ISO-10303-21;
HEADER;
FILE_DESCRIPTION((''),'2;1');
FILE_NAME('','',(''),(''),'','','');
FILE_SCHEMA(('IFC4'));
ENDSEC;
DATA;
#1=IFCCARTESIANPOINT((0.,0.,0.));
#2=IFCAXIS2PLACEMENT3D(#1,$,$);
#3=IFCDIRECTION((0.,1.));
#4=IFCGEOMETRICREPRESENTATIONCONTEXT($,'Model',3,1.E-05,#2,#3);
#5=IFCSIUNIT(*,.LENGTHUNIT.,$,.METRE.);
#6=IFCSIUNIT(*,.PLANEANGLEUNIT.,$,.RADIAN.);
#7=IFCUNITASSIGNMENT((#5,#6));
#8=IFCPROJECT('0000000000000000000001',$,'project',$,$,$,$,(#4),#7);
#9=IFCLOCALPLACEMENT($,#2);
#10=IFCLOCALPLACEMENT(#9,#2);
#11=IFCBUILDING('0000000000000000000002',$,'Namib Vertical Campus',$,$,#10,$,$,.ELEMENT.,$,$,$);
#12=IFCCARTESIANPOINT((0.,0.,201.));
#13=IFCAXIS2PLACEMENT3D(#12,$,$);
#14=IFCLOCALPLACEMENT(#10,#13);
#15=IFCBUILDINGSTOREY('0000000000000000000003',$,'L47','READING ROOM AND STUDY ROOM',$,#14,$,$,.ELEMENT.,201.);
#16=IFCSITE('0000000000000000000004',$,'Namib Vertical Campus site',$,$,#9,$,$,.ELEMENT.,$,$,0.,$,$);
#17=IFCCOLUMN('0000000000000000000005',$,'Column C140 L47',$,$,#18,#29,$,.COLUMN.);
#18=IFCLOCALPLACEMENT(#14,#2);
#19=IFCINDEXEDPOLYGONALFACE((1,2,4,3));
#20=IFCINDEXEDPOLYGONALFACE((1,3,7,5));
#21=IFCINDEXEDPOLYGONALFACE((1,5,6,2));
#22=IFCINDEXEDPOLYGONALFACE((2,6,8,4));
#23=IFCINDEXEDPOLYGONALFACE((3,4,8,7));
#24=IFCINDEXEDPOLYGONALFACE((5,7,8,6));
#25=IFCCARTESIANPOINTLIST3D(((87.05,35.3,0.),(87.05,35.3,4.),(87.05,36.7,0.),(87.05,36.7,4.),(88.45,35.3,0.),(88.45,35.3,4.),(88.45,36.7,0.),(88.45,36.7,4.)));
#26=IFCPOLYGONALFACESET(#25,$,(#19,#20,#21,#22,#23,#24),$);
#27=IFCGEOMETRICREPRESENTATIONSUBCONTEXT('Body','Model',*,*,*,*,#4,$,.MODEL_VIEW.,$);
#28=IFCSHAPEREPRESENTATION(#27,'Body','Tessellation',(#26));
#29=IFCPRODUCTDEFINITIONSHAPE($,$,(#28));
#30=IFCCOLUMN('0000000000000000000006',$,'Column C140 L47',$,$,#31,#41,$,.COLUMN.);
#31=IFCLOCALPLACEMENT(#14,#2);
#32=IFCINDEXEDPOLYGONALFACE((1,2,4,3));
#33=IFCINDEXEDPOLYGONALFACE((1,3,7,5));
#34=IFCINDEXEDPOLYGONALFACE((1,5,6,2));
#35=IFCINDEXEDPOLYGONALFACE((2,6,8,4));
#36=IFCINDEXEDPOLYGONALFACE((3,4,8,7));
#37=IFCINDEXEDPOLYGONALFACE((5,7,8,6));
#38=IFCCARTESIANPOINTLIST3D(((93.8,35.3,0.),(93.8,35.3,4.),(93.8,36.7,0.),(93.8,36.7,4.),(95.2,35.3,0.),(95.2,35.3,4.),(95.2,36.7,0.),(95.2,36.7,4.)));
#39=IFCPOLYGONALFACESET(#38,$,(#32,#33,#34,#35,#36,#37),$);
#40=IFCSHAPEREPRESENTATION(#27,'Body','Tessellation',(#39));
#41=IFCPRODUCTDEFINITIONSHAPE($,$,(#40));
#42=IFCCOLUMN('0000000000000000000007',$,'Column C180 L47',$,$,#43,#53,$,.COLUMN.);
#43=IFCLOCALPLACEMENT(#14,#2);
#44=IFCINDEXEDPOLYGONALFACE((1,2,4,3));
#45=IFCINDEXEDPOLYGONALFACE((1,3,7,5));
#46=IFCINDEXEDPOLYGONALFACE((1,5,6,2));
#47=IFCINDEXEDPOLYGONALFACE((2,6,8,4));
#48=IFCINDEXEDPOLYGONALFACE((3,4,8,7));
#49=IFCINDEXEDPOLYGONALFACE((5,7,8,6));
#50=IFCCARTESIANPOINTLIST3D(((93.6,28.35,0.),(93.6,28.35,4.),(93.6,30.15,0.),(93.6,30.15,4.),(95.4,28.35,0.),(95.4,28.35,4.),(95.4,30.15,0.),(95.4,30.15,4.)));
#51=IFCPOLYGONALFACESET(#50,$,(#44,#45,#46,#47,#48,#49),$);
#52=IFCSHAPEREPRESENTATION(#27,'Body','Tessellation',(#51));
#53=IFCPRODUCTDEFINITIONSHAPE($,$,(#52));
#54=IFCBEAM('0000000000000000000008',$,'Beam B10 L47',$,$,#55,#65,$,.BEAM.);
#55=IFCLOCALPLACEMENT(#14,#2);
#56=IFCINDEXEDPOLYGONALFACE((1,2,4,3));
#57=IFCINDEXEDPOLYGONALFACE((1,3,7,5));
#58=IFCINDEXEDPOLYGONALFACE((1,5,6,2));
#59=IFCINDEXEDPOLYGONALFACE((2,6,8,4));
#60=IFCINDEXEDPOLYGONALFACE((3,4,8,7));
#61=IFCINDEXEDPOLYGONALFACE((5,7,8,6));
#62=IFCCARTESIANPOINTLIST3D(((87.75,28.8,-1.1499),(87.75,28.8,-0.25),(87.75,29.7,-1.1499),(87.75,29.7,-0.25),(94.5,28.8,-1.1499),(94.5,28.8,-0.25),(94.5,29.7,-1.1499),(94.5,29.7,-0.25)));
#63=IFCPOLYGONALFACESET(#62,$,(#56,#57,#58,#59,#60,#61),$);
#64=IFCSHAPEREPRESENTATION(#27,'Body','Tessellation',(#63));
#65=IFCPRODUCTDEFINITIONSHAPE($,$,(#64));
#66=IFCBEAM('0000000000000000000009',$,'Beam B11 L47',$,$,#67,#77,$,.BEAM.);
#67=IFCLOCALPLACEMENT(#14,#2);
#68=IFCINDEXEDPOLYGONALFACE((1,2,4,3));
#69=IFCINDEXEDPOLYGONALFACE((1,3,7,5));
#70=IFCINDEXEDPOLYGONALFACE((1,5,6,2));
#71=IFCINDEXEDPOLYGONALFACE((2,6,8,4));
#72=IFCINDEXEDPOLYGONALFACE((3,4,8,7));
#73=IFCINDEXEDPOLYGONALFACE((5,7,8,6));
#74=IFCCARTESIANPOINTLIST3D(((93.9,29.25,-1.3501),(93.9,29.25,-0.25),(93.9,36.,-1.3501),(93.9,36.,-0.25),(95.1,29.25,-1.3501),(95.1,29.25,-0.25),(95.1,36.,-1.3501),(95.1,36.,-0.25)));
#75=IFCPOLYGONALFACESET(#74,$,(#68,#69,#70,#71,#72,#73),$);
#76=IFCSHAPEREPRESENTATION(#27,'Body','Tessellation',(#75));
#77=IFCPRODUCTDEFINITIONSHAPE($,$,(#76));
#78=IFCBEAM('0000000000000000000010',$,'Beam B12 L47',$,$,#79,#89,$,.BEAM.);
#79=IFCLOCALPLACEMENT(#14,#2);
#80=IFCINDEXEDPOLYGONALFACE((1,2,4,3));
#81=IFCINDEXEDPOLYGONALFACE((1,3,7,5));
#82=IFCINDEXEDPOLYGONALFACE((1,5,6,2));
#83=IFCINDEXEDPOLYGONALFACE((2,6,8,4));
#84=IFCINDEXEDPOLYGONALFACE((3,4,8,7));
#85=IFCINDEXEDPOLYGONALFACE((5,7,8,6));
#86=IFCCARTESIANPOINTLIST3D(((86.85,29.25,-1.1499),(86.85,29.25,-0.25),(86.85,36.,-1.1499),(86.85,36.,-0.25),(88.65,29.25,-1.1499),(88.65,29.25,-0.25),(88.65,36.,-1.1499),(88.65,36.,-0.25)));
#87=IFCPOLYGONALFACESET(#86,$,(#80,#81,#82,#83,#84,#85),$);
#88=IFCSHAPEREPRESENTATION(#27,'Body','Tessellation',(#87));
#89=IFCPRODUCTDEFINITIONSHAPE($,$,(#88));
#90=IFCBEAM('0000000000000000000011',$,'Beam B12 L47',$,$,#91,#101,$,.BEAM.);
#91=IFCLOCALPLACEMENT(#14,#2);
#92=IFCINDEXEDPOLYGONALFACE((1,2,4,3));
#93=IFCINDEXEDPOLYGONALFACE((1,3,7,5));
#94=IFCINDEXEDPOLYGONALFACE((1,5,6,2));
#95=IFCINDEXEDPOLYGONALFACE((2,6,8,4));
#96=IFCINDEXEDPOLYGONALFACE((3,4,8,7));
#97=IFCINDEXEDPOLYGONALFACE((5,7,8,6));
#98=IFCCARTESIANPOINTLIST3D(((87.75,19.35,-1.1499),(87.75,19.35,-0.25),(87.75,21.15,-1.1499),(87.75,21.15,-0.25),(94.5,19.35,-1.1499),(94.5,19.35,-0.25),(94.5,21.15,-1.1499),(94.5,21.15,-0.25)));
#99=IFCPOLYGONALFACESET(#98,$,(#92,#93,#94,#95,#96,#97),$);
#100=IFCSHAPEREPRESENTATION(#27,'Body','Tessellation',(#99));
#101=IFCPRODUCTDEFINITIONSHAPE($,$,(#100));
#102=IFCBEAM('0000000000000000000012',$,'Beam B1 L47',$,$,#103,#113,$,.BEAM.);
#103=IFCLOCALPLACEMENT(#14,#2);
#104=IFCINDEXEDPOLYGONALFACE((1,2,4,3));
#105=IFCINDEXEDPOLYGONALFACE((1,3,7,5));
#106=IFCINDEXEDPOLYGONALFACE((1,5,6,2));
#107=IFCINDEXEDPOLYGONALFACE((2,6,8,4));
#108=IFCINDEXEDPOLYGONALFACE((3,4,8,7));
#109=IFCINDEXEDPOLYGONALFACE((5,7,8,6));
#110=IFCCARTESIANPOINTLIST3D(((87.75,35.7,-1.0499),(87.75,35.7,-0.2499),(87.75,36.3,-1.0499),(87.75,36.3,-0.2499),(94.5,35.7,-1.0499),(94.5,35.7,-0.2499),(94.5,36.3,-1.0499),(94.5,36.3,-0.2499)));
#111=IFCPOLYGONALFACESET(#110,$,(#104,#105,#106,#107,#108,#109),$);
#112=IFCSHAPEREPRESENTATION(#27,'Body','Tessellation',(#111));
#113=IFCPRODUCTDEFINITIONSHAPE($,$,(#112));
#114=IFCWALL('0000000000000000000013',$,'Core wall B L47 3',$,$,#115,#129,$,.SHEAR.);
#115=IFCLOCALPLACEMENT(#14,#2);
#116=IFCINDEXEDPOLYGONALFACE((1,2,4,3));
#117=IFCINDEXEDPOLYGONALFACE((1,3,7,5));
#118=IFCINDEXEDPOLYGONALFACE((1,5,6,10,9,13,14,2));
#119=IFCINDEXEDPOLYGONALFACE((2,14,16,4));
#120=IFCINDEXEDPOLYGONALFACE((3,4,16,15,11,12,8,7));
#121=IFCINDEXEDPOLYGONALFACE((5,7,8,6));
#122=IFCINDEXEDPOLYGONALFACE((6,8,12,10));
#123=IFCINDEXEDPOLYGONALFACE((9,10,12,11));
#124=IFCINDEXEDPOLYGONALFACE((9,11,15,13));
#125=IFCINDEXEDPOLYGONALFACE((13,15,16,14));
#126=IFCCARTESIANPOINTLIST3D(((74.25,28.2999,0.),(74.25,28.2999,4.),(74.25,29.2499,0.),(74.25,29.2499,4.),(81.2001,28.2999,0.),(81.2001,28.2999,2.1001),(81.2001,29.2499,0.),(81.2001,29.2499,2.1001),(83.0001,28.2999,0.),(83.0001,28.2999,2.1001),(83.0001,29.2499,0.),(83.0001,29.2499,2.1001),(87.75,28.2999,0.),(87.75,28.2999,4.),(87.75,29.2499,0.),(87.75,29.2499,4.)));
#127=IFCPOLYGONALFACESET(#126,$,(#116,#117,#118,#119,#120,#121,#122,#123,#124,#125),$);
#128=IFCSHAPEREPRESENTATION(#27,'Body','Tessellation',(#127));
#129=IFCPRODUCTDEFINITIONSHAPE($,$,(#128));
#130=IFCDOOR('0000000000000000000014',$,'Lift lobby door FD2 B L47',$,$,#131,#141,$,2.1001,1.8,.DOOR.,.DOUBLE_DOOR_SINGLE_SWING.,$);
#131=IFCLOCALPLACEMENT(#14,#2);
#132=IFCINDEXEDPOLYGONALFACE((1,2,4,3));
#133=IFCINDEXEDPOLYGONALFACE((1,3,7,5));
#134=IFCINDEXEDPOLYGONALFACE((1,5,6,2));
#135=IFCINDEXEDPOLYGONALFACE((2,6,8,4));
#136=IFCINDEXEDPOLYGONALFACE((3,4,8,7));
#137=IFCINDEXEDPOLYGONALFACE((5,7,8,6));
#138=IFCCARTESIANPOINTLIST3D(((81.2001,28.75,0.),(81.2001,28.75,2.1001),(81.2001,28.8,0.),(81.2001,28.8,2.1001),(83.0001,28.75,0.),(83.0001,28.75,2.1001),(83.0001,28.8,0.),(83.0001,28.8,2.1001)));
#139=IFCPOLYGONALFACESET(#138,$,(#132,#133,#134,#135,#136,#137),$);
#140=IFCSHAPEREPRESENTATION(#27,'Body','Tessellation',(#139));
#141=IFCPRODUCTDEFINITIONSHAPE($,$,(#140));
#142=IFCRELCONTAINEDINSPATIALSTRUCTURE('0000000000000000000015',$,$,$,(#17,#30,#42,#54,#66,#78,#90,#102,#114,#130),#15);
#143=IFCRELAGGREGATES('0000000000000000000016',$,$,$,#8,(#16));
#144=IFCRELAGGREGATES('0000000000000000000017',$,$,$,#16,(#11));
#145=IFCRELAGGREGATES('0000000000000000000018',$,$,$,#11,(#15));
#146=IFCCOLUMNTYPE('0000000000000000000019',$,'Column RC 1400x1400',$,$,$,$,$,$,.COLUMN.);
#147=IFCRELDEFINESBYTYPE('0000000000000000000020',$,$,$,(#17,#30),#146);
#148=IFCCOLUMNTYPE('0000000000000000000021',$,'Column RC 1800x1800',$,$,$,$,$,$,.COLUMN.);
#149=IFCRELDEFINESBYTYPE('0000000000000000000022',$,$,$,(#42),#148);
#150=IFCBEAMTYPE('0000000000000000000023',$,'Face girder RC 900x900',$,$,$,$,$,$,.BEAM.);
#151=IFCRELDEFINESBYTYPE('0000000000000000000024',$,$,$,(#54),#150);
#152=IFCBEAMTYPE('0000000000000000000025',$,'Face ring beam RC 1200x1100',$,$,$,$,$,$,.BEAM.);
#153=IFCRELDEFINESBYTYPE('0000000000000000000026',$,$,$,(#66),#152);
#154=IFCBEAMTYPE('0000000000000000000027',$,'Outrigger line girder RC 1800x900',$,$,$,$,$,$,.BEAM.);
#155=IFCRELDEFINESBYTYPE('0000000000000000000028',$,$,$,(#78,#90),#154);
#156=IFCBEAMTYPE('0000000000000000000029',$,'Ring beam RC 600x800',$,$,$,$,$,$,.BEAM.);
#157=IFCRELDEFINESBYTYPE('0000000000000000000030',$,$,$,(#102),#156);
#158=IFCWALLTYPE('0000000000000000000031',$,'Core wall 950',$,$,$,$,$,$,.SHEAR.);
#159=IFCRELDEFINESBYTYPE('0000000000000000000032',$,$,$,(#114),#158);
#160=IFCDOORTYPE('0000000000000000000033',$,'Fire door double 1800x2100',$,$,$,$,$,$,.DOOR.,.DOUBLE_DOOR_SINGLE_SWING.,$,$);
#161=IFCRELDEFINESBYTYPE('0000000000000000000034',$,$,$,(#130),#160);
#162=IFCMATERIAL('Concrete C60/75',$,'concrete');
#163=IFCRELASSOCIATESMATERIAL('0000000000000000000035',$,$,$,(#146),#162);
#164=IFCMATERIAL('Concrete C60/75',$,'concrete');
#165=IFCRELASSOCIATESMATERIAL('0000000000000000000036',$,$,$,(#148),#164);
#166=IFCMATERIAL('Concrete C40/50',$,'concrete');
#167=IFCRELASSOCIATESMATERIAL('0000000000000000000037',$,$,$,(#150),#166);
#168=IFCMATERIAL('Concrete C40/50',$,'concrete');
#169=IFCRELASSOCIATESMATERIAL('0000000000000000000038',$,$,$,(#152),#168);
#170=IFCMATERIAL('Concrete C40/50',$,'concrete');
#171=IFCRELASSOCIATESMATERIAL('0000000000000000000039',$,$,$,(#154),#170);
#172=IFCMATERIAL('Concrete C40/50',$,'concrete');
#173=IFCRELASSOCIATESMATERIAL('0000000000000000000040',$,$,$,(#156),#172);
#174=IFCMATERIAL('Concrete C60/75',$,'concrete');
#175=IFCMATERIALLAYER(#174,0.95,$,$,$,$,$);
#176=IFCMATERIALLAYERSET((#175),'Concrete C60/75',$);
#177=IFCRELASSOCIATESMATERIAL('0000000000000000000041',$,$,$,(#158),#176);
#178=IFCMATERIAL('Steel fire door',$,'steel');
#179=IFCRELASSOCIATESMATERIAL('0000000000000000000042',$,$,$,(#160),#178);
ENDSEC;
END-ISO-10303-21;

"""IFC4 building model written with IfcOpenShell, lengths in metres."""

from ifc_helpers import new_model, si_unit, direction, frame, frame_2d, origin, origin_2d, place, context, subcontext, project, spatial, rectangle, extrude, material, layer, layer_set, material_profile, profile_set, type_object, element, fill, save


model = new_model("IFC4")

# Units and contexts
model_context = context("Model", 3, precision=1e-05, world=origin(), true_north=direction((0.0, 1.0)))
body_context = subcontext(model_context, "Body", "Model", "MODEL_VIEW")
ifc_project = project(units=[si_unit("LENGTHUNIT", "METRE"), si_unit("PLANEANGLEUNIT", "RADIAN")], contexts=[model_context])

# Site, building, storey
site_placement = place(None, origin())
site = spatial("IfcSite", under=ifc_project, at=site_placement, Name="Namib Vertical Campus site", CompositionType="ELEMENT", RefElevation=0.0)
building_placement = place(site_placement, origin())
building = spatial("IfcBuilding", under=site, at=building_placement, Name="Namib Vertical Campus", CompositionType="ELEMENT")
storey_placement = place(building_placement, frame((0.0, 0.0, 201.0)))
storey = spatial("IfcBuildingStorey", under=building, at=storey_placement, Name="L47", Description="READING ROOM AND STUDY ROOM", CompositionType="ELEMENT", Elevation=201.0)

# Columns
ifc_material_1 = material(Name="Concrete C60/75", Category="concrete")
ifc_material_profile_1 = material_profile(ifc_material_1, rectangle(XDim=1.3999, YDim=1.3999, at=origin_2d()))
ifc_profile_set_1 = profile_set([ifc_material_profile_1], Name="Concrete C60/75")
column_type_1 = type_object("IfcColumnType", Name="Column RC 1400x1400", PredefinedType="COLUMN", material=ifc_profile_set_1)
for number, where, z_axis, x_axis, name in (
    (1, (87.75, 36.0, 0.0), (0.0, 0.0, 1.0), (1.0, 0.0, 0.0), "Column C140 L47"),
    (2, (94.5, 36.0, 0.0), (0.0, 0.0, 1.0), (1.0, 0.0, 0.0), "Column C140 L47"),
):
    element("IfcColumn", number, at=place(storey_placement, frame(where, z_axis=z_axis, x_axis=x_axis)), inside=storey, type_object=column_type_1, Name=name, PredefinedType="COLUMN", context=body_context, shape_type="SweptSolid", body=[
        extrude(rectangle(XDim=1.3999, YDim=1.3999, at=origin_2d()), origin(), (0.0, 0.0, 1.0), 4.0),
    ])
ifc_material_2 = material(Name="Concrete C60/75", Category="concrete")
ifc_material_profile_2 = material_profile(ifc_material_2, rectangle(XDim=1.8, YDim=1.8, at=origin_2d()))
ifc_profile_set_2 = profile_set([ifc_material_profile_2], Name="Concrete C60/75")
column_type_2 = type_object("IfcColumnType", Name="Column RC 1800x1800", PredefinedType="COLUMN", material=ifc_profile_set_2)
column_placement = place(storey_placement, frame((94.5, 29.25, 0.0), z_axis=(0.0, 0.0, 1.0), x_axis=(1.0, 0.0, 0.0)))
element("IfcColumn", 3, at=column_placement, inside=storey, type_object=column_type_2, Name="Column C180 L47", PredefinedType="COLUMN", context=body_context, shape_type="SweptSolid", body=[
    extrude(rectangle(XDim=1.8, YDim=1.8, at=origin_2d()), origin(), (0.0, 0.0, 1.0), 4.0),
])

# Beams
ifc_material_3 = material(Name="Concrete C40/50", Category="concrete")
ifc_material_profile_3 = material_profile(ifc_material_3, rectangle(XDim=0.8999, YDim=0.8999, at=origin_2d()))
ifc_profile_set_3 = profile_set([ifc_material_profile_3], Name="Concrete C40/50")
beam_type_1 = type_object("IfcBeamType", Name="Face girder RC 900x900", PredefinedType="BEAM", material=ifc_profile_set_3)
beam_1_placement = place(storey_placement, frame((94.5, 29.25, -0.7), z_axis=(-1.0, 0.0, 0.0), x_axis=(0.0, -1.0, 0.0)))
element("IfcBeam", 4, at=beam_1_placement, inside=storey, type_object=beam_type_1, Name="Beam B10 L47", PredefinedType="BEAM", context=body_context, shape_type="SweptSolid", body=[
    extrude(rectangle(XDim=0.8999, YDim=0.8999, at=origin_2d()), origin(), (0.0, 0.0, 1.0), 6.75),
])
ifc_material_4 = material(Name="Concrete C40/50", Category="concrete")
ifc_material_profile_4 = material_profile(ifc_material_4, rectangle(XDim=1.2, YDim=1.1001, at=origin_2d()))
ifc_profile_set_4 = profile_set([ifc_material_profile_4], Name="Concrete C40/50")
beam_type_2 = type_object("IfcBeamType", Name="Face ring beam RC 1200x1100", PredefinedType="BEAM", material=ifc_profile_set_4)
beam_2_placement = place(storey_placement, frame((94.5, 29.25, -0.8), z_axis=(0.0, 1.0, 0.0), x_axis=(-1.0, 0.0, 0.0)))
element("IfcBeam", 5, at=beam_2_placement, inside=storey, type_object=beam_type_2, Name="Beam B11 L47", PredefinedType="BEAM", context=body_context, shape_type="SweptSolid", body=[
    extrude(rectangle(XDim=1.2, YDim=1.1001, at=origin_2d()), origin(), (0.0, 0.0, 1.0), 6.75),
])
ifc_material_5 = material(Name="Concrete C40/50", Category="concrete")
ifc_material_profile_5 = material_profile(ifc_material_5, rectangle(XDim=1.8, YDim=0.8999, at=origin_2d()))
ifc_profile_set_5 = profile_set([ifc_material_profile_5], Name="Concrete C40/50")
beam_type_3 = type_object("IfcBeamType", Name="Outrigger line girder RC 1800x900", PredefinedType="BEAM", material=ifc_profile_set_5)
for number, where, z_axis, x_axis, name in (
    (6, (87.75, 36.0, -0.7), (0.0, -1.0, 0.0), (1.0, 0.0, 0.0), "Beam B12 L47"),
    (7, (94.5, 20.25, -0.7), (-1.0, 0.0, 0.0), (0.0, -1.0, 0.0), "Beam B12 L47"),
):
    element("IfcBeam", number, at=place(storey_placement, frame(where, z_axis=z_axis, x_axis=x_axis)), inside=storey, type_object=beam_type_3, Name=name, PredefinedType="BEAM", context=body_context, shape_type="SweptSolid", body=[
        extrude(rectangle(XDim=1.8, YDim=0.8999, at=origin_2d()), origin(), (0.0, 0.0, 1.0), 6.75),
    ])
ifc_material_6 = material(Name="Concrete C40/50", Category="concrete")
ifc_material_profile_6 = material_profile(ifc_material_6, rectangle(XDim=0.6001, YDim=0.8, at=origin_2d()))
ifc_profile_set_6 = profile_set([ifc_material_profile_6], Name="Concrete C40/50")
beam_type_4 = type_object("IfcBeamType", Name="Ring beam RC 600x800", PredefinedType="BEAM", material=ifc_profile_set_6)
beam_3_placement = place(storey_placement, frame((87.75, 36.0, -0.6499), z_axis=(1.0, 0.0, 0.0), x_axis=(0.0, 1.0, 0.0)))
element("IfcBeam", 8, at=beam_3_placement, inside=storey, type_object=beam_type_4, Name="Beam B1 L47", PredefinedType="BEAM", context=body_context, shape_type="SweptSolid", body=[
    extrude(rectangle(XDim=0.6001, YDim=0.8, at=origin_2d()), origin(), (0.0, 0.0, 1.0), 6.75),
])

# Wall, opening, door
ifc_material_7 = material(Name="Concrete C60/75", Category="concrete")
ifc_layer_1 = layer(ifc_material_7, 0.95)
ifc_layer_set_1 = layer_set([ifc_layer_1], Name="Concrete C60/75")
wall_type_1 = type_object("IfcWallType", Name="Core wall 950", PredefinedType="SHEAR", material=ifc_layer_set_1)
wall_1_placement = place(storey_placement, frame((87.75, 28.7749, 0.0), z_axis=(0.0, 0.0, 1.0), x_axis=(-1.0, 0.0, 0.0)))
wall_1 = element("IfcWall", 9, at=wall_1_placement, inside=storey, type_object=wall_type_1, Name="Core wall B L47 3", PredefinedType="SHEAR", context=body_context, shape_type="SweptSolid", body=[
    extrude(rectangle(XDim=13.5, YDim=0.95, at=frame_2d((6.75, 0.0))), origin(), (0.0, 0.0, 1.0), 4.0),
])
opening_1_placement = place(wall_1_placement, frame((4.75, 0.0, 0.0)))
opening_1 = element("IfcOpeningElement", 10, at=opening_1_placement, cuts=wall_1, PredefinedType="OPENING", context=body_context, shape_type="SweptSolid", body=[
    extrude(rectangle(XDim=1.8, YDim=2.1001, at=frame_2d((0.8999, 1.05))), frame((0.0, 0.4849, 0.0), z_axis=(0.0, -1.0, 0.0), x_axis=(1.0, 0.0, 0.0)), (0.0, 0.0, 1.0), 0.97),
])
ifc_material_8 = material(Name="Steel fire door", Category="steel")
door_type_1 = type_object("IfcDoorType", Name="Fire door double 1800x2100", OperationType="DOUBLE_DOOR_SINGLE_SWING", PredefinedType="DOOR", material=ifc_material_8)
door_1_placement = place(opening_1_placement, origin())
door_1 = element("IfcDoor", 11, at=door_1_placement, inside=storey, type_object=door_type_1, Name="Lift lobby door FD2 B L47", OperationType="DOUBLE_DOOR_SINGLE_SWING", OverallHeight=2.1001, OverallWidth=1.8, PredefinedType="DOOR", context=body_context, shape_type="SweptSolid", body=[
    extrude(rectangle(XDim=1.8, YDim=2.1001, at=frame_2d((0.8999, 1.05))), frame((0.0, 0.0249, 0.0), z_axis=(0.0, -1.0, 0.0), x_axis=(1.0, 0.0, 0.0)), (0.0, 0.0, 1.0), 0.05),
])
fill(opening_1, door_1)

save(model, "model.ifc")
